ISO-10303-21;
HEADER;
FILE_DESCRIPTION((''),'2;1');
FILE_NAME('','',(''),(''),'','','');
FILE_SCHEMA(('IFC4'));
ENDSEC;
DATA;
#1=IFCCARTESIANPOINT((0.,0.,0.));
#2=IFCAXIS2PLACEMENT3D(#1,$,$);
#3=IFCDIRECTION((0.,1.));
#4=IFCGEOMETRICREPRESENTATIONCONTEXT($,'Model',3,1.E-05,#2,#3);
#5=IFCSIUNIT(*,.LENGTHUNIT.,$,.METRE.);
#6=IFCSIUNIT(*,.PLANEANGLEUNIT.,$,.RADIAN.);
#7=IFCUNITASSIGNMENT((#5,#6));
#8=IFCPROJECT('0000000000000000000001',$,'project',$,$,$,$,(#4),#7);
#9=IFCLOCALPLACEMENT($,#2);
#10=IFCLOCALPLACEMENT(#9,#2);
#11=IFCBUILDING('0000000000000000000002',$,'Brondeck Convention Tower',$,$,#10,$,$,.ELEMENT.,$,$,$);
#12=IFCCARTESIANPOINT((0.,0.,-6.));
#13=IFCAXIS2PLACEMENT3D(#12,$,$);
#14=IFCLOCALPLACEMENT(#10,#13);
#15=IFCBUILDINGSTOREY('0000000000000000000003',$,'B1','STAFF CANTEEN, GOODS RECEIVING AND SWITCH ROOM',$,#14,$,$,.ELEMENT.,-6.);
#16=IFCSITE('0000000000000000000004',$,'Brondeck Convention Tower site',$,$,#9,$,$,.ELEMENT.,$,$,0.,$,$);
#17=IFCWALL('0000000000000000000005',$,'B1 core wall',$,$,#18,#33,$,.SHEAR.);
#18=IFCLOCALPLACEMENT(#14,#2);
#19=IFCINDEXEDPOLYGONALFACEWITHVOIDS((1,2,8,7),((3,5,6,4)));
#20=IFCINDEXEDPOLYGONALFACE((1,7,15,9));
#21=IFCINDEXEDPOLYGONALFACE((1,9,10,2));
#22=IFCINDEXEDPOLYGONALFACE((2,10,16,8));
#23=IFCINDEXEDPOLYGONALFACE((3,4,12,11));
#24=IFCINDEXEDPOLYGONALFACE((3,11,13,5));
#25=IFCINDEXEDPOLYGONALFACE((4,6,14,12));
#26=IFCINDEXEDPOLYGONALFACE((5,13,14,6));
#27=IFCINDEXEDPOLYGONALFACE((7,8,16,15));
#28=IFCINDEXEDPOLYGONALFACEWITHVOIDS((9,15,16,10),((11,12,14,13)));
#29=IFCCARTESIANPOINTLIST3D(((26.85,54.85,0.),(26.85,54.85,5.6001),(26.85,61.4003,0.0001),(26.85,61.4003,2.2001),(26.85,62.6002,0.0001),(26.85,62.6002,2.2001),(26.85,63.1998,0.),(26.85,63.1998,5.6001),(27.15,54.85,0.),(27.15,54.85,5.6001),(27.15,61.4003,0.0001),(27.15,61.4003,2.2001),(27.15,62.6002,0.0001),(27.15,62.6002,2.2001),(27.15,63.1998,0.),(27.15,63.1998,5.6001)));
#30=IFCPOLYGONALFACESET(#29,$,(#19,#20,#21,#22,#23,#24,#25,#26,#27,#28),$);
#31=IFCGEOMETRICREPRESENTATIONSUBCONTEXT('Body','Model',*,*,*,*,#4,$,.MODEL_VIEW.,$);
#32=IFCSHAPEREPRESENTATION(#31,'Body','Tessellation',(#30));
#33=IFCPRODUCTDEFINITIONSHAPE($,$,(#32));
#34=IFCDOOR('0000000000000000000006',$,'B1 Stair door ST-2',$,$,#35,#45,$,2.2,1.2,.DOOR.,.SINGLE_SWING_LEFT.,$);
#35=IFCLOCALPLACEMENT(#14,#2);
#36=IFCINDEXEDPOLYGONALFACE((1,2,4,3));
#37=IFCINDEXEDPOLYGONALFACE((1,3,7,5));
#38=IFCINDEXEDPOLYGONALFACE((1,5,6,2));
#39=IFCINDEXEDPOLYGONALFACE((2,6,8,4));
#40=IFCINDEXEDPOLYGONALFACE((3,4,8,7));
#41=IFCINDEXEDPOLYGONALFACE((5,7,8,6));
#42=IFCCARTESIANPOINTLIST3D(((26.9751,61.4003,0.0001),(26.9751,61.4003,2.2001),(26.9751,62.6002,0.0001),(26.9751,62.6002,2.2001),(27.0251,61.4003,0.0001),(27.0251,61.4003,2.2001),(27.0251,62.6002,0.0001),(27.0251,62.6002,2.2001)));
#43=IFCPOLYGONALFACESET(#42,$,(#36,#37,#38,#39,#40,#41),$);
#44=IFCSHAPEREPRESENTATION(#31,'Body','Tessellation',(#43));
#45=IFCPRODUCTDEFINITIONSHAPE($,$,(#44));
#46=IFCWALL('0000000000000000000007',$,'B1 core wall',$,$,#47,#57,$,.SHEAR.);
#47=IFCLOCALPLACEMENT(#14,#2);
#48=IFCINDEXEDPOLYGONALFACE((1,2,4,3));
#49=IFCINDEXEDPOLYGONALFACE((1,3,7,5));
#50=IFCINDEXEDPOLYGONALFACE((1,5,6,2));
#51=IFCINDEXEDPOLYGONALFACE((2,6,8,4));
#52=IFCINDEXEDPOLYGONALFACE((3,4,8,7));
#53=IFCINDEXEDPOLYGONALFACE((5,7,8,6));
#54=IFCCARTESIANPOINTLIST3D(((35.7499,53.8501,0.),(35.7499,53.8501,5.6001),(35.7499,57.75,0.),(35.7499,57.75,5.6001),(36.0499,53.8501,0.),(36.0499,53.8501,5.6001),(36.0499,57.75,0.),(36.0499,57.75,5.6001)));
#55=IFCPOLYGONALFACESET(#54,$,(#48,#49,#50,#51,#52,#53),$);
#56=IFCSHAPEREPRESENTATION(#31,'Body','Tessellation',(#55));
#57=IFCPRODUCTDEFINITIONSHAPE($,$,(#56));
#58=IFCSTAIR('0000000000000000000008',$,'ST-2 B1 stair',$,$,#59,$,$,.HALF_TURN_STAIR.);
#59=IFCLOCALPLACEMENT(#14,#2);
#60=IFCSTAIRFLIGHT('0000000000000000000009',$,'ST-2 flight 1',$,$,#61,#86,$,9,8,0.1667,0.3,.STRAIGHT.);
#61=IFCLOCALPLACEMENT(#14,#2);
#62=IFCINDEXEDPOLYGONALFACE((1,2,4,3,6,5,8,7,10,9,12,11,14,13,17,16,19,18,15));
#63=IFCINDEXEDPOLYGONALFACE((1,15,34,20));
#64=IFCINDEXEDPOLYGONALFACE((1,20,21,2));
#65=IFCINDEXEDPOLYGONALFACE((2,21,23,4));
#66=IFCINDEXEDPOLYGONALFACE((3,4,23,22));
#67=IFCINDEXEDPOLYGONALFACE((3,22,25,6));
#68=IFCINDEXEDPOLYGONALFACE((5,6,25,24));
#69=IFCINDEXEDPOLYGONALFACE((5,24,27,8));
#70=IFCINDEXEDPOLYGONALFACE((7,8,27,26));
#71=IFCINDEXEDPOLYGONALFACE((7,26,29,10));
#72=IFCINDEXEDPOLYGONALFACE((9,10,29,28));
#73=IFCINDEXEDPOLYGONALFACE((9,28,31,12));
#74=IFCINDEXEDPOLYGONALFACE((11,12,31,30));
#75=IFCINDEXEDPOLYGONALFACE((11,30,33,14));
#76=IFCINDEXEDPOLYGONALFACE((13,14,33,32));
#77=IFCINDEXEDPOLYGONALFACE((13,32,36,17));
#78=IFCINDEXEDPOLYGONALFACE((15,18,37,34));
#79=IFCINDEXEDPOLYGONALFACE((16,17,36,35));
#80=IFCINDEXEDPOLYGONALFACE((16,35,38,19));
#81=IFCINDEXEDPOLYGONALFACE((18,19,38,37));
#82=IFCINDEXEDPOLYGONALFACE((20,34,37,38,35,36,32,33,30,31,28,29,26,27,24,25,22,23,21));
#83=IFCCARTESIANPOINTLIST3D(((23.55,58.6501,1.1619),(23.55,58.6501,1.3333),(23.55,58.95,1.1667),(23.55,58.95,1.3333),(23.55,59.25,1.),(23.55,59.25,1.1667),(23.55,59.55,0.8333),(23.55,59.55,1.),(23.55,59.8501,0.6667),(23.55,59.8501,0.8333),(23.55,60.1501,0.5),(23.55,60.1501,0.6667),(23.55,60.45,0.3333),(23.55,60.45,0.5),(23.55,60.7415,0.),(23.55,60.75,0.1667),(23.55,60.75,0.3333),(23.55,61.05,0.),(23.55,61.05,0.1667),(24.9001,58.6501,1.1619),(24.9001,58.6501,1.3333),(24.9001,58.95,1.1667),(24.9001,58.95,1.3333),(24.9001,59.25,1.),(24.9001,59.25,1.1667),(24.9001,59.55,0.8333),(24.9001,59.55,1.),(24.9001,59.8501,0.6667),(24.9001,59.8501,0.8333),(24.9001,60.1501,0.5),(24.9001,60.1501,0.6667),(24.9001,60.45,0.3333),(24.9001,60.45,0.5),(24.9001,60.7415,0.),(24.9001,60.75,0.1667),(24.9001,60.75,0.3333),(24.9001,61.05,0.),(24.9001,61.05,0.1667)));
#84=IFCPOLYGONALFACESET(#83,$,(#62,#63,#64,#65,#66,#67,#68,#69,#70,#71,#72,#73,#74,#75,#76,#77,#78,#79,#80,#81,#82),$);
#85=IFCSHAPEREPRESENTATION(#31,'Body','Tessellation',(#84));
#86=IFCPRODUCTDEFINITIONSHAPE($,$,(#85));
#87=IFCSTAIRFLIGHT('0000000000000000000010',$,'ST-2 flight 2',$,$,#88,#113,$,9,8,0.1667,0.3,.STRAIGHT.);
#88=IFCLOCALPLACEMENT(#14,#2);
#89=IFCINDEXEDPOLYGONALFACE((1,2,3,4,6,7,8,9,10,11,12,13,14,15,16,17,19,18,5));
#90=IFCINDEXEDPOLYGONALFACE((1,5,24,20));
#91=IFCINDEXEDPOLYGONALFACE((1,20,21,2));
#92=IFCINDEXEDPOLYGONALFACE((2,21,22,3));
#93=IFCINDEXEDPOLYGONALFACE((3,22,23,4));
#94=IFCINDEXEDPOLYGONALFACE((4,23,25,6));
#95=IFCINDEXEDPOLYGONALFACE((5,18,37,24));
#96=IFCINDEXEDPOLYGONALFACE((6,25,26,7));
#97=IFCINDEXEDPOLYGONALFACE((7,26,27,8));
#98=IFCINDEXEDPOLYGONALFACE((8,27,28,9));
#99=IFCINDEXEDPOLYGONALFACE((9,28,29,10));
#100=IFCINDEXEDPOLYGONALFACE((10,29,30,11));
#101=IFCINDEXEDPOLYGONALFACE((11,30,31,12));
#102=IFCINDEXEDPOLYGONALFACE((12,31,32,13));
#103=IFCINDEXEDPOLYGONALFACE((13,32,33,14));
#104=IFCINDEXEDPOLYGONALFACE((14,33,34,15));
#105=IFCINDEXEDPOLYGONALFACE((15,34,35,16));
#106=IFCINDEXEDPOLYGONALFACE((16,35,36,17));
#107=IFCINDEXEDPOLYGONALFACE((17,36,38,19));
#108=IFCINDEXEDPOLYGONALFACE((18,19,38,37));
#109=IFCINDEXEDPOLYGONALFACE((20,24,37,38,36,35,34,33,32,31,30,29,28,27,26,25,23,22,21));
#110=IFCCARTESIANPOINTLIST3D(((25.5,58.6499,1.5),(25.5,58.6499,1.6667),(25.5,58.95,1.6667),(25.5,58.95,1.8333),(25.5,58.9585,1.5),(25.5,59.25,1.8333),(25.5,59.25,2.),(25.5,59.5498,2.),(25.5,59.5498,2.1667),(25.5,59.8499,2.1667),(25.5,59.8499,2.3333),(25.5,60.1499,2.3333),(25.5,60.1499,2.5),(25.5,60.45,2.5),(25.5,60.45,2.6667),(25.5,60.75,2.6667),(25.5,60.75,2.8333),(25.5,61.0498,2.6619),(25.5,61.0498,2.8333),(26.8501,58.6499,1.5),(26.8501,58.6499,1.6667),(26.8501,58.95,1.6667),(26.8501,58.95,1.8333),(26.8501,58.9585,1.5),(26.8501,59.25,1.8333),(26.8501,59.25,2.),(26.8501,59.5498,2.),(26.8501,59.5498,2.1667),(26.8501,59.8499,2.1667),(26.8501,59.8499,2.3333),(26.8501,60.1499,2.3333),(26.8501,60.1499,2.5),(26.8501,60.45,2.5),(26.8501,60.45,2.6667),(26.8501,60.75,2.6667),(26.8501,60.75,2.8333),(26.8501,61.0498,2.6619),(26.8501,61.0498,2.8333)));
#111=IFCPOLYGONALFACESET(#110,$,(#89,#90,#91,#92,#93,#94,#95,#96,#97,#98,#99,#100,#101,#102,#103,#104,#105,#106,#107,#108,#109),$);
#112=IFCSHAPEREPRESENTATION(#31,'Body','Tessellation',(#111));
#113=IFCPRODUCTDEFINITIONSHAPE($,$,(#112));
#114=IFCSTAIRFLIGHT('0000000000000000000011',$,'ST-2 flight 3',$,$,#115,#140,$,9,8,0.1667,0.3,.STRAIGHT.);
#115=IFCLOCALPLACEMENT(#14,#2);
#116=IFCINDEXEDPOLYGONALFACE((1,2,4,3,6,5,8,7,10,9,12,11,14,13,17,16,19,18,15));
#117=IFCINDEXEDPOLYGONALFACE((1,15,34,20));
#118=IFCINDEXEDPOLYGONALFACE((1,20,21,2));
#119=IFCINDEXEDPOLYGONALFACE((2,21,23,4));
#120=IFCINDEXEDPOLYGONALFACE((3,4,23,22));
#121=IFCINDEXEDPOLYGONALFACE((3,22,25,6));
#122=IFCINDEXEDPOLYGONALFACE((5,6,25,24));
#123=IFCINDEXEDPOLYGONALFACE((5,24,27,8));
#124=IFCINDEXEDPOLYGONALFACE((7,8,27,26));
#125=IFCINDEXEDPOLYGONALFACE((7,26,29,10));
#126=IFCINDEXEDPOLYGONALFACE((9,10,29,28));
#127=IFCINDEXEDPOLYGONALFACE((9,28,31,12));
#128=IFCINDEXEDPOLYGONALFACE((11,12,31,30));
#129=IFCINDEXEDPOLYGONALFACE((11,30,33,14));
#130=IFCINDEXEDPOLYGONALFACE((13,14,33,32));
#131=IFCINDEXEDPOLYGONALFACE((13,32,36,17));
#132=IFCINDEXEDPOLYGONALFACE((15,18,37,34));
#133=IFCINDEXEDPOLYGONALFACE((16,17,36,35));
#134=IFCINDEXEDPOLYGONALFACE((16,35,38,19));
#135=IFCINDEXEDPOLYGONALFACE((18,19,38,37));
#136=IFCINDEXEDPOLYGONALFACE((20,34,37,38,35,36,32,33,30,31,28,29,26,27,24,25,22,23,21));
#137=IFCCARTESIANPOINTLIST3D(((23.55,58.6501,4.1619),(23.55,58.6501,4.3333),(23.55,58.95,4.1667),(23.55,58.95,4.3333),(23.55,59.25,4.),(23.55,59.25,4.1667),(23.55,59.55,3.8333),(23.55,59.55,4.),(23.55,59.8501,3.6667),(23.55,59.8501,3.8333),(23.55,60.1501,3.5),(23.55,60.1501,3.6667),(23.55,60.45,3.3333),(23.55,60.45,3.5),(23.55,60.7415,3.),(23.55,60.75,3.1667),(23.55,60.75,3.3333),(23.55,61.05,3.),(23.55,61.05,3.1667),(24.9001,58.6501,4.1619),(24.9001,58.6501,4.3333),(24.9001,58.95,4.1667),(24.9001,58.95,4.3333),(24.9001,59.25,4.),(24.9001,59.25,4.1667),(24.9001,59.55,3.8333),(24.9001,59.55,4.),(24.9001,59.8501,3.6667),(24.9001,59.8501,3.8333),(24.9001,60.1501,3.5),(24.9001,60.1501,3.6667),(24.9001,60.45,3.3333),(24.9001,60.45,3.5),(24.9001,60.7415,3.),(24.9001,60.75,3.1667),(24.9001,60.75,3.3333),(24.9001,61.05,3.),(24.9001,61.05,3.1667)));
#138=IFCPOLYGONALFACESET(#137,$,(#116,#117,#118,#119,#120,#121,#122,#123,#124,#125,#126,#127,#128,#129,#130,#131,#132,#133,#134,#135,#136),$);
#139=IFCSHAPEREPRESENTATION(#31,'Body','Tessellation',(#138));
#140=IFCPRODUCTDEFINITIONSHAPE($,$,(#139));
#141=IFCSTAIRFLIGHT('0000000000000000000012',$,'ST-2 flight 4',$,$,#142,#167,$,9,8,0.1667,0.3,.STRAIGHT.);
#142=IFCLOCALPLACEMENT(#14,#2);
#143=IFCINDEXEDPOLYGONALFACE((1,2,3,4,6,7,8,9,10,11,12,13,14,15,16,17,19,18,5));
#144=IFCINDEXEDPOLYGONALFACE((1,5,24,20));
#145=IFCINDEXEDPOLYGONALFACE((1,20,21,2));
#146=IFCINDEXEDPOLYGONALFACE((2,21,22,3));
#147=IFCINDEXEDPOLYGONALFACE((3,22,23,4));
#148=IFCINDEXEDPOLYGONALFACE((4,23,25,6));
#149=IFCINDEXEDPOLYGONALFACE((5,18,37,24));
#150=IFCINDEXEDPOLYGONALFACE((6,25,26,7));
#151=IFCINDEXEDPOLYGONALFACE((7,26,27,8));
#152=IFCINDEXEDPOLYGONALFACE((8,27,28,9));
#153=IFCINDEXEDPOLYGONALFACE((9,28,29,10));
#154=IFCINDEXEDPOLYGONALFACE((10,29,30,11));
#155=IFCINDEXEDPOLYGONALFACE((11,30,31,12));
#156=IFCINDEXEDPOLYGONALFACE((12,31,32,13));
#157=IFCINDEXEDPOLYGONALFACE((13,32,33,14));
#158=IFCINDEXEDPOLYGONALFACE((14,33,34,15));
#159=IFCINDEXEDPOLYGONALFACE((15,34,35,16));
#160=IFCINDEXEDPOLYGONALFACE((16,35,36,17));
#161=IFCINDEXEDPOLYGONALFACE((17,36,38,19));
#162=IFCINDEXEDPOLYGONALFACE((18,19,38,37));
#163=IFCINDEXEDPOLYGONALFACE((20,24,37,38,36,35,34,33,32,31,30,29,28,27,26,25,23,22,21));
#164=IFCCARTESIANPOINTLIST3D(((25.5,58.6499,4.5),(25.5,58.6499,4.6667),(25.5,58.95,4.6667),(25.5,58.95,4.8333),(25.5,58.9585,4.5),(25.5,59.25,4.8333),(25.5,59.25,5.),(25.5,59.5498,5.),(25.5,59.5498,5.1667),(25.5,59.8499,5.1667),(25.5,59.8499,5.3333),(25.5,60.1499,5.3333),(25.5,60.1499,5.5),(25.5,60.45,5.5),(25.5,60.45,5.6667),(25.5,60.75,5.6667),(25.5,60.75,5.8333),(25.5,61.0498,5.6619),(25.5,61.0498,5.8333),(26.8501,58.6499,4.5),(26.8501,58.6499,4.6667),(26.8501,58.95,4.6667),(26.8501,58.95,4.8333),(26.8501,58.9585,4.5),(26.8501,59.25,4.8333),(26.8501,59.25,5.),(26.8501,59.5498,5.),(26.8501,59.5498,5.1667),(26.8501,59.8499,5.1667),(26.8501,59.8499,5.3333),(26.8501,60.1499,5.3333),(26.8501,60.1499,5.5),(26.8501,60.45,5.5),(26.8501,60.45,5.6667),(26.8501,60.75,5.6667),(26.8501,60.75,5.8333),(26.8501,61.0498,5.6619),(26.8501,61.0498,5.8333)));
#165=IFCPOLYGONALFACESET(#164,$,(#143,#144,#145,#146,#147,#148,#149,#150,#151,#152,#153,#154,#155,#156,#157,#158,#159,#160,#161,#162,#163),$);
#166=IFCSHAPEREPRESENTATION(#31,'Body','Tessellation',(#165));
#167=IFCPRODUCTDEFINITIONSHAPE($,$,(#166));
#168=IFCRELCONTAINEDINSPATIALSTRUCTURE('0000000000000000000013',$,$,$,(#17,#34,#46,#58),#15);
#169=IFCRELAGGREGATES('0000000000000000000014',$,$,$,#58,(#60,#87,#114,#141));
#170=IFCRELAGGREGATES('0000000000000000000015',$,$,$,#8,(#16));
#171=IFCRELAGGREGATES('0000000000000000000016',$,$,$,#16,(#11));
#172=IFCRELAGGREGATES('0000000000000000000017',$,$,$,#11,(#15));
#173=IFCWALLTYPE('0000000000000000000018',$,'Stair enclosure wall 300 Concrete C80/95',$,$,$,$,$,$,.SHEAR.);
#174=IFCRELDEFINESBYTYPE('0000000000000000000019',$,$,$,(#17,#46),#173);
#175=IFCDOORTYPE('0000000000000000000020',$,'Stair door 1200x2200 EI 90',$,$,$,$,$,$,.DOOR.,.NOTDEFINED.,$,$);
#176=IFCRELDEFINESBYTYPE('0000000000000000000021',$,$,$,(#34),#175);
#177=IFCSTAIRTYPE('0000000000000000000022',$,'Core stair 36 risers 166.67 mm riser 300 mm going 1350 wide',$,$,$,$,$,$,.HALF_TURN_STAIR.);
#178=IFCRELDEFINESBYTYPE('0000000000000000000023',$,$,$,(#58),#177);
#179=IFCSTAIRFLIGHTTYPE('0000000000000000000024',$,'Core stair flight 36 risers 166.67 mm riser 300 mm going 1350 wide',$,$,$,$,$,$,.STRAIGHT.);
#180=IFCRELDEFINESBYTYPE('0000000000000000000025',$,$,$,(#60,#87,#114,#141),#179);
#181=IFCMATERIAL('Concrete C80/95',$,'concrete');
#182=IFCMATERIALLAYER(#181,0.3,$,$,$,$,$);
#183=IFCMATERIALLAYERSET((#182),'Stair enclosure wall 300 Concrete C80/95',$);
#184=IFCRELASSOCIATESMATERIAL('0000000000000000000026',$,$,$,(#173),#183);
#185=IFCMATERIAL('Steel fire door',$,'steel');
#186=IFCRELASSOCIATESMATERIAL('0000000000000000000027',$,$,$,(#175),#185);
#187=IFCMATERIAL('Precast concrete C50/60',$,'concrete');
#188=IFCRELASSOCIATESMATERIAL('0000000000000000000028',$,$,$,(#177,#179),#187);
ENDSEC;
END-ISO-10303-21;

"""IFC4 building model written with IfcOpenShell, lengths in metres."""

from ifc_helpers import new_model, si_unit, direction, frame, frame_2d, origin, place, context, subcontext, project, spatial, polyline, rectangle, outline, extrude, material, layer, layer_set, type_object, element, fill, aggregate, save


model = new_model("IFC4")

# Units and contexts
model_context = context("Model", 3, precision=1e-05, world=origin(), true_north=direction((0.0, 1.0)))
body_context = subcontext(model_context, "Body", "Model", "MODEL_VIEW")
ifc_project = project(units=[si_unit("LENGTHUNIT", "METRE"), si_unit("PLANEANGLEUNIT", "RADIAN")], contexts=[model_context])

# Site, building, storey
site_placement = place(None, origin())
site = spatial("IfcSite", under=ifc_project, at=site_placement, Name="Brondeck Convention Tower site", CompositionType="ELEMENT", RefElevation=0.0)
building_placement = place(site_placement, origin())
building = spatial("IfcBuilding", under=site, at=building_placement, Name="Brondeck Convention Tower", CompositionType="ELEMENT")
storey_placement = place(building_placement, frame((0.0, 0.0, -6.0)))
storey = spatial("IfcBuildingStorey", under=building, at=storey_placement, Name="B1", Description="STAFF CANTEEN, GOODS RECEIVING AND SWITCH ROOM", CompositionType="ELEMENT", Elevation=-6.0)

# Shared definitions
ifc_material_1 = material(Name="Concrete C80/95", Category="concrete")

# Shared definitions
ifc_layer_1 = layer(ifc_material_1, 0.3)
ifc_layer_set_1 = layer_set([ifc_layer_1], Name="Stair enclosure wall 300 Concrete C80/95")
wall_type_1 = type_object("IfcWallType", Name="Stair enclosure wall 300 Concrete C80/95", PredefinedType="SHEAR", material=ifc_layer_set_1)

# Wall, opening, door
wall_1_placement = place(storey_placement, frame((27.0, 54.8501, 0.0), z_axis=(0.0, 0.0, 1.0), x_axis=(0.0, 1.0, 0.0)))
wall_1 = element("IfcWall", 1, at=wall_1_placement, inside=storey, type_object=wall_type_1, Name="B1 core wall", PredefinedType="SHEAR", context=body_context, shape_type="SweptSolid", body=[
    extrude(rectangle(XDim=8.3499, YDim=0.3, at=frame_2d((4.1748, 0.0))), origin(), (0.0, 0.0, 1.0), 5.6001),
])
opening_placement = place(wall_1_placement, frame((6.55, 0.0, 0.0)))
opening = element("IfcOpeningElement", 2, at=opening_placement, cuts=wall_1, PredefinedType="OPENING", context=body_context, shape_type="SweptSolid", body=[
    extrude(rectangle(XDim=1.2, YDim=2.2, at=frame_2d((0.6001, 1.1001))), frame((0.0, 0.1599, 0.0), z_axis=(0.0, -1.0, 0.0), x_axis=(1.0, 0.0, 0.0)), (0.0, 0.0, 1.0), 0.3201),
])
ifc_material_2 = material(Name="Steel fire door", Category="steel")
door_type = type_object("IfcDoorType", Name="Stair door 1200x2200 EI 90", OperationType="NOTDEFINED", PredefinedType="DOOR", material=ifc_material_2)
door_placement = place(opening_placement, origin())
door = element("IfcDoor", 3, at=door_placement, inside=storey, type_object=door_type, Name="B1 Stair door ST-2", OperationType="SINGLE_SWING_LEFT", OverallHeight=2.2, OverallWidth=1.2, PredefinedType="DOOR", context=body_context, shape_type="SweptSolid", body=[
    extrude(rectangle(XDim=1.2, YDim=2.2, at=frame_2d((0.6001, 1.1001))), frame((0.0, 0.0249, 0.0), z_axis=(0.0, -1.0, 0.0), x_axis=(1.0, 0.0, 0.0)), (0.0, 0.0, 1.0), 0.05),
])
fill(opening, door)

# Wall
wall_2_placement = place(storey_placement, frame((35.8999, 53.8501, 0.0), z_axis=(0.0, 0.0, 1.0), x_axis=(0.0, 1.0, 0.0)))
element("IfcWall", 4, at=wall_2_placement, inside=storey, type_object=wall_type_1, Name="B1 core wall", PredefinedType="SHEAR", context=body_context, shape_type="SweptSolid", body=[
    extrude(rectangle(XDim=3.8999, YDim=0.3, at=frame_2d((1.95, 0.0))), origin(), (0.0, 0.0, 1.0), 5.6001),
])

# Stair, stair flights
ifc_material_3 = material(Name="Precast concrete C50/60", Category="concrete")
stair_type = type_object("IfcStairType", Name="Core stair 36 risers 166.67 mm riser 300 mm going 1350 wide", PredefinedType="HALF_TURN_STAIR", material=ifc_material_3)
stair_placement = place(storey_placement, origin())
stair = element("IfcStair", 5, at=stair_placement, inside=storey, type_object=stair_type, Name="ST-2 B1 stair", PredefinedType="HALF_TURN_STAIR")
stair_flight_type = type_object("IfcStairFlightType", Name="Core stair flight 36 risers 166.67 mm riser 300 mm going 1350 wide", PredefinedType="STRAIGHT", material=ifc_material_3)
stair_flight_1_placement = place(storey_placement, frame((24.2251, 61.05, 0.0), z_axis=(0.0, 0.0, 1.0), x_axis=(0.0, -1.0, 0.0)))
stair_flight_1 = element("IfcStairFlight", 6, at=stair_flight_1_placement, type_object=stair_flight_type, Name="ST-2 flight 1", NumberOfRisers=9, NumberOfTreads=8, PredefinedType="STRAIGHT", RiserHeight=0.1667, TreadLength=0.3, context=body_context, shape_type="SweptSolid", body=[
    extrude(outline(polyline([(0.0, 0.0), (0.0, 0.1667), (0.3, 0.1667), (0.3, 0.3333), (0.6001, 0.3333), (0.6001, 0.5), (0.8999, 0.5), (0.8999, 0.6667), (1.2, 0.6667), (1.2, 0.8333), (1.5, 0.8333), (1.5, 1.0), (1.8, 1.0), (1.8, 1.1667), (2.1001, 1.1667), (2.1001, 1.3333), (2.3999, 1.3333), (2.3999, 1.5), (2.3999, 1.1619), (0.3086, 0.0), (0.0, 0.0)])), frame((0.0, 0.675, 0.0), z_axis=(0.0, -1.0, 0.0), x_axis=(1.0, 0.0, 0.0)), (0.0, 0.0, 1.0), 1.3501),
])
stair_flight_2_placement = place(storey_placement, frame((26.175, 58.6499, 1.5), z_axis=(0.0, 0.0, 1.0), x_axis=(0.0, 1.0, 0.0)))
stair_flight_2 = element("IfcStairFlight", 7, at=stair_flight_2_placement, type_object=stair_flight_type, Name="ST-2 flight 2", NumberOfRisers=9, NumberOfTreads=8, PredefinedType="STRAIGHT", RiserHeight=0.1667, TreadLength=0.3, context=body_context, shape_type="SweptSolid", body=[
    extrude(outline(polyline([(0.0, 0.0), (0.0, 0.1667), (0.3, 0.1667), (0.3, 0.3333), (0.6001, 0.3333), (0.6001, 0.5), (0.8999, 0.5), (0.8999, 0.6667), (1.2, 0.6667), (1.2, 0.8333), (1.5, 0.8333), (1.5, 1.0), (1.8, 1.0), (1.8, 1.1667), (2.1001, 1.1667), (2.1001, 1.3333), (2.3999, 1.3333), (2.3999, 1.5), (2.3999, 1.1619), (0.3086, 0.0), (0.0, 0.0)])), frame((0.0, 0.675, 0.0), z_axis=(0.0, -1.0, 0.0), x_axis=(1.0, 0.0, 0.0)), (0.0, 0.0, 1.0), 1.3501),
])
stair_flight_3_placement = place(storey_placement, frame((24.2251, 61.05, 3.0), z_axis=(0.0, 0.0, 1.0), x_axis=(0.0, -1.0, 0.0)))
stair_flight_3 = element("IfcStairFlight", 8, at=stair_flight_3_placement, type_object=stair_flight_type, Name="ST-2 flight 3", NumberOfRisers=9, NumberOfTreads=8, PredefinedType="STRAIGHT", RiserHeight=0.1667, TreadLength=0.3, context=body_context, shape_type="SweptSolid", body=[
    extrude(outline(polyline([(0.0, 0.0), (0.0, 0.1667), (0.3, 0.1667), (0.3, 0.3333), (0.6001, 0.3333), (0.6001, 0.5), (0.8999, 0.5), (0.8999, 0.6667), (1.2, 0.6667), (1.2, 0.8333), (1.5, 0.8333), (1.5, 1.0), (1.8, 1.0), (1.8, 1.1667), (2.1001, 1.1667), (2.1001, 1.3333), (2.3999, 1.3333), (2.3999, 1.5), (2.3999, 1.1619), (0.3086, 0.0), (0.0, 0.0)])), frame((0.0, 0.675, 0.0), z_axis=(0.0, -1.0, 0.0), x_axis=(1.0, 0.0, 0.0)), (0.0, 0.0, 1.0), 1.3501),
])
stair_flight_4_placement = place(storey_placement, frame((26.175, 58.6499, 4.5), z_axis=(0.0, 0.0, 1.0), x_axis=(0.0, 1.0, 0.0)))
stair_flight_4 = element("IfcStairFlight", 9, at=stair_flight_4_placement, type_object=stair_flight_type, Name="ST-2 flight 4", NumberOfRisers=9, NumberOfTreads=8, PredefinedType="STRAIGHT", RiserHeight=0.1667, TreadLength=0.3, context=body_context, shape_type="SweptSolid", body=[
    extrude(outline(polyline([(0.0, 0.0), (0.0, 0.1667), (0.3, 0.1667), (0.3, 0.3333), (0.6001, 0.3333), (0.6001, 0.5), (0.8999, 0.5), (0.8999, 0.6667), (1.2, 0.6667), (1.2, 0.8333), (1.5, 0.8333), (1.5, 1.0), (1.8, 1.0), (1.8, 1.1667), (2.1001, 1.1667), (2.1001, 1.3333), (2.3999, 1.3333), (2.3999, 1.5), (2.3999, 1.1619), (0.3086, 0.0), (0.0, 0.0)])), frame((0.0, 0.675, 0.0), z_axis=(0.0, -1.0, 0.0), x_axis=(1.0, 0.0, 0.0)), (0.0, 0.0, 1.0), 1.3501),
])
aggregate(stair, [stair_flight_1, stair_flight_2, stair_flight_3, stair_flight_4])

save(model, "model.ifc")
